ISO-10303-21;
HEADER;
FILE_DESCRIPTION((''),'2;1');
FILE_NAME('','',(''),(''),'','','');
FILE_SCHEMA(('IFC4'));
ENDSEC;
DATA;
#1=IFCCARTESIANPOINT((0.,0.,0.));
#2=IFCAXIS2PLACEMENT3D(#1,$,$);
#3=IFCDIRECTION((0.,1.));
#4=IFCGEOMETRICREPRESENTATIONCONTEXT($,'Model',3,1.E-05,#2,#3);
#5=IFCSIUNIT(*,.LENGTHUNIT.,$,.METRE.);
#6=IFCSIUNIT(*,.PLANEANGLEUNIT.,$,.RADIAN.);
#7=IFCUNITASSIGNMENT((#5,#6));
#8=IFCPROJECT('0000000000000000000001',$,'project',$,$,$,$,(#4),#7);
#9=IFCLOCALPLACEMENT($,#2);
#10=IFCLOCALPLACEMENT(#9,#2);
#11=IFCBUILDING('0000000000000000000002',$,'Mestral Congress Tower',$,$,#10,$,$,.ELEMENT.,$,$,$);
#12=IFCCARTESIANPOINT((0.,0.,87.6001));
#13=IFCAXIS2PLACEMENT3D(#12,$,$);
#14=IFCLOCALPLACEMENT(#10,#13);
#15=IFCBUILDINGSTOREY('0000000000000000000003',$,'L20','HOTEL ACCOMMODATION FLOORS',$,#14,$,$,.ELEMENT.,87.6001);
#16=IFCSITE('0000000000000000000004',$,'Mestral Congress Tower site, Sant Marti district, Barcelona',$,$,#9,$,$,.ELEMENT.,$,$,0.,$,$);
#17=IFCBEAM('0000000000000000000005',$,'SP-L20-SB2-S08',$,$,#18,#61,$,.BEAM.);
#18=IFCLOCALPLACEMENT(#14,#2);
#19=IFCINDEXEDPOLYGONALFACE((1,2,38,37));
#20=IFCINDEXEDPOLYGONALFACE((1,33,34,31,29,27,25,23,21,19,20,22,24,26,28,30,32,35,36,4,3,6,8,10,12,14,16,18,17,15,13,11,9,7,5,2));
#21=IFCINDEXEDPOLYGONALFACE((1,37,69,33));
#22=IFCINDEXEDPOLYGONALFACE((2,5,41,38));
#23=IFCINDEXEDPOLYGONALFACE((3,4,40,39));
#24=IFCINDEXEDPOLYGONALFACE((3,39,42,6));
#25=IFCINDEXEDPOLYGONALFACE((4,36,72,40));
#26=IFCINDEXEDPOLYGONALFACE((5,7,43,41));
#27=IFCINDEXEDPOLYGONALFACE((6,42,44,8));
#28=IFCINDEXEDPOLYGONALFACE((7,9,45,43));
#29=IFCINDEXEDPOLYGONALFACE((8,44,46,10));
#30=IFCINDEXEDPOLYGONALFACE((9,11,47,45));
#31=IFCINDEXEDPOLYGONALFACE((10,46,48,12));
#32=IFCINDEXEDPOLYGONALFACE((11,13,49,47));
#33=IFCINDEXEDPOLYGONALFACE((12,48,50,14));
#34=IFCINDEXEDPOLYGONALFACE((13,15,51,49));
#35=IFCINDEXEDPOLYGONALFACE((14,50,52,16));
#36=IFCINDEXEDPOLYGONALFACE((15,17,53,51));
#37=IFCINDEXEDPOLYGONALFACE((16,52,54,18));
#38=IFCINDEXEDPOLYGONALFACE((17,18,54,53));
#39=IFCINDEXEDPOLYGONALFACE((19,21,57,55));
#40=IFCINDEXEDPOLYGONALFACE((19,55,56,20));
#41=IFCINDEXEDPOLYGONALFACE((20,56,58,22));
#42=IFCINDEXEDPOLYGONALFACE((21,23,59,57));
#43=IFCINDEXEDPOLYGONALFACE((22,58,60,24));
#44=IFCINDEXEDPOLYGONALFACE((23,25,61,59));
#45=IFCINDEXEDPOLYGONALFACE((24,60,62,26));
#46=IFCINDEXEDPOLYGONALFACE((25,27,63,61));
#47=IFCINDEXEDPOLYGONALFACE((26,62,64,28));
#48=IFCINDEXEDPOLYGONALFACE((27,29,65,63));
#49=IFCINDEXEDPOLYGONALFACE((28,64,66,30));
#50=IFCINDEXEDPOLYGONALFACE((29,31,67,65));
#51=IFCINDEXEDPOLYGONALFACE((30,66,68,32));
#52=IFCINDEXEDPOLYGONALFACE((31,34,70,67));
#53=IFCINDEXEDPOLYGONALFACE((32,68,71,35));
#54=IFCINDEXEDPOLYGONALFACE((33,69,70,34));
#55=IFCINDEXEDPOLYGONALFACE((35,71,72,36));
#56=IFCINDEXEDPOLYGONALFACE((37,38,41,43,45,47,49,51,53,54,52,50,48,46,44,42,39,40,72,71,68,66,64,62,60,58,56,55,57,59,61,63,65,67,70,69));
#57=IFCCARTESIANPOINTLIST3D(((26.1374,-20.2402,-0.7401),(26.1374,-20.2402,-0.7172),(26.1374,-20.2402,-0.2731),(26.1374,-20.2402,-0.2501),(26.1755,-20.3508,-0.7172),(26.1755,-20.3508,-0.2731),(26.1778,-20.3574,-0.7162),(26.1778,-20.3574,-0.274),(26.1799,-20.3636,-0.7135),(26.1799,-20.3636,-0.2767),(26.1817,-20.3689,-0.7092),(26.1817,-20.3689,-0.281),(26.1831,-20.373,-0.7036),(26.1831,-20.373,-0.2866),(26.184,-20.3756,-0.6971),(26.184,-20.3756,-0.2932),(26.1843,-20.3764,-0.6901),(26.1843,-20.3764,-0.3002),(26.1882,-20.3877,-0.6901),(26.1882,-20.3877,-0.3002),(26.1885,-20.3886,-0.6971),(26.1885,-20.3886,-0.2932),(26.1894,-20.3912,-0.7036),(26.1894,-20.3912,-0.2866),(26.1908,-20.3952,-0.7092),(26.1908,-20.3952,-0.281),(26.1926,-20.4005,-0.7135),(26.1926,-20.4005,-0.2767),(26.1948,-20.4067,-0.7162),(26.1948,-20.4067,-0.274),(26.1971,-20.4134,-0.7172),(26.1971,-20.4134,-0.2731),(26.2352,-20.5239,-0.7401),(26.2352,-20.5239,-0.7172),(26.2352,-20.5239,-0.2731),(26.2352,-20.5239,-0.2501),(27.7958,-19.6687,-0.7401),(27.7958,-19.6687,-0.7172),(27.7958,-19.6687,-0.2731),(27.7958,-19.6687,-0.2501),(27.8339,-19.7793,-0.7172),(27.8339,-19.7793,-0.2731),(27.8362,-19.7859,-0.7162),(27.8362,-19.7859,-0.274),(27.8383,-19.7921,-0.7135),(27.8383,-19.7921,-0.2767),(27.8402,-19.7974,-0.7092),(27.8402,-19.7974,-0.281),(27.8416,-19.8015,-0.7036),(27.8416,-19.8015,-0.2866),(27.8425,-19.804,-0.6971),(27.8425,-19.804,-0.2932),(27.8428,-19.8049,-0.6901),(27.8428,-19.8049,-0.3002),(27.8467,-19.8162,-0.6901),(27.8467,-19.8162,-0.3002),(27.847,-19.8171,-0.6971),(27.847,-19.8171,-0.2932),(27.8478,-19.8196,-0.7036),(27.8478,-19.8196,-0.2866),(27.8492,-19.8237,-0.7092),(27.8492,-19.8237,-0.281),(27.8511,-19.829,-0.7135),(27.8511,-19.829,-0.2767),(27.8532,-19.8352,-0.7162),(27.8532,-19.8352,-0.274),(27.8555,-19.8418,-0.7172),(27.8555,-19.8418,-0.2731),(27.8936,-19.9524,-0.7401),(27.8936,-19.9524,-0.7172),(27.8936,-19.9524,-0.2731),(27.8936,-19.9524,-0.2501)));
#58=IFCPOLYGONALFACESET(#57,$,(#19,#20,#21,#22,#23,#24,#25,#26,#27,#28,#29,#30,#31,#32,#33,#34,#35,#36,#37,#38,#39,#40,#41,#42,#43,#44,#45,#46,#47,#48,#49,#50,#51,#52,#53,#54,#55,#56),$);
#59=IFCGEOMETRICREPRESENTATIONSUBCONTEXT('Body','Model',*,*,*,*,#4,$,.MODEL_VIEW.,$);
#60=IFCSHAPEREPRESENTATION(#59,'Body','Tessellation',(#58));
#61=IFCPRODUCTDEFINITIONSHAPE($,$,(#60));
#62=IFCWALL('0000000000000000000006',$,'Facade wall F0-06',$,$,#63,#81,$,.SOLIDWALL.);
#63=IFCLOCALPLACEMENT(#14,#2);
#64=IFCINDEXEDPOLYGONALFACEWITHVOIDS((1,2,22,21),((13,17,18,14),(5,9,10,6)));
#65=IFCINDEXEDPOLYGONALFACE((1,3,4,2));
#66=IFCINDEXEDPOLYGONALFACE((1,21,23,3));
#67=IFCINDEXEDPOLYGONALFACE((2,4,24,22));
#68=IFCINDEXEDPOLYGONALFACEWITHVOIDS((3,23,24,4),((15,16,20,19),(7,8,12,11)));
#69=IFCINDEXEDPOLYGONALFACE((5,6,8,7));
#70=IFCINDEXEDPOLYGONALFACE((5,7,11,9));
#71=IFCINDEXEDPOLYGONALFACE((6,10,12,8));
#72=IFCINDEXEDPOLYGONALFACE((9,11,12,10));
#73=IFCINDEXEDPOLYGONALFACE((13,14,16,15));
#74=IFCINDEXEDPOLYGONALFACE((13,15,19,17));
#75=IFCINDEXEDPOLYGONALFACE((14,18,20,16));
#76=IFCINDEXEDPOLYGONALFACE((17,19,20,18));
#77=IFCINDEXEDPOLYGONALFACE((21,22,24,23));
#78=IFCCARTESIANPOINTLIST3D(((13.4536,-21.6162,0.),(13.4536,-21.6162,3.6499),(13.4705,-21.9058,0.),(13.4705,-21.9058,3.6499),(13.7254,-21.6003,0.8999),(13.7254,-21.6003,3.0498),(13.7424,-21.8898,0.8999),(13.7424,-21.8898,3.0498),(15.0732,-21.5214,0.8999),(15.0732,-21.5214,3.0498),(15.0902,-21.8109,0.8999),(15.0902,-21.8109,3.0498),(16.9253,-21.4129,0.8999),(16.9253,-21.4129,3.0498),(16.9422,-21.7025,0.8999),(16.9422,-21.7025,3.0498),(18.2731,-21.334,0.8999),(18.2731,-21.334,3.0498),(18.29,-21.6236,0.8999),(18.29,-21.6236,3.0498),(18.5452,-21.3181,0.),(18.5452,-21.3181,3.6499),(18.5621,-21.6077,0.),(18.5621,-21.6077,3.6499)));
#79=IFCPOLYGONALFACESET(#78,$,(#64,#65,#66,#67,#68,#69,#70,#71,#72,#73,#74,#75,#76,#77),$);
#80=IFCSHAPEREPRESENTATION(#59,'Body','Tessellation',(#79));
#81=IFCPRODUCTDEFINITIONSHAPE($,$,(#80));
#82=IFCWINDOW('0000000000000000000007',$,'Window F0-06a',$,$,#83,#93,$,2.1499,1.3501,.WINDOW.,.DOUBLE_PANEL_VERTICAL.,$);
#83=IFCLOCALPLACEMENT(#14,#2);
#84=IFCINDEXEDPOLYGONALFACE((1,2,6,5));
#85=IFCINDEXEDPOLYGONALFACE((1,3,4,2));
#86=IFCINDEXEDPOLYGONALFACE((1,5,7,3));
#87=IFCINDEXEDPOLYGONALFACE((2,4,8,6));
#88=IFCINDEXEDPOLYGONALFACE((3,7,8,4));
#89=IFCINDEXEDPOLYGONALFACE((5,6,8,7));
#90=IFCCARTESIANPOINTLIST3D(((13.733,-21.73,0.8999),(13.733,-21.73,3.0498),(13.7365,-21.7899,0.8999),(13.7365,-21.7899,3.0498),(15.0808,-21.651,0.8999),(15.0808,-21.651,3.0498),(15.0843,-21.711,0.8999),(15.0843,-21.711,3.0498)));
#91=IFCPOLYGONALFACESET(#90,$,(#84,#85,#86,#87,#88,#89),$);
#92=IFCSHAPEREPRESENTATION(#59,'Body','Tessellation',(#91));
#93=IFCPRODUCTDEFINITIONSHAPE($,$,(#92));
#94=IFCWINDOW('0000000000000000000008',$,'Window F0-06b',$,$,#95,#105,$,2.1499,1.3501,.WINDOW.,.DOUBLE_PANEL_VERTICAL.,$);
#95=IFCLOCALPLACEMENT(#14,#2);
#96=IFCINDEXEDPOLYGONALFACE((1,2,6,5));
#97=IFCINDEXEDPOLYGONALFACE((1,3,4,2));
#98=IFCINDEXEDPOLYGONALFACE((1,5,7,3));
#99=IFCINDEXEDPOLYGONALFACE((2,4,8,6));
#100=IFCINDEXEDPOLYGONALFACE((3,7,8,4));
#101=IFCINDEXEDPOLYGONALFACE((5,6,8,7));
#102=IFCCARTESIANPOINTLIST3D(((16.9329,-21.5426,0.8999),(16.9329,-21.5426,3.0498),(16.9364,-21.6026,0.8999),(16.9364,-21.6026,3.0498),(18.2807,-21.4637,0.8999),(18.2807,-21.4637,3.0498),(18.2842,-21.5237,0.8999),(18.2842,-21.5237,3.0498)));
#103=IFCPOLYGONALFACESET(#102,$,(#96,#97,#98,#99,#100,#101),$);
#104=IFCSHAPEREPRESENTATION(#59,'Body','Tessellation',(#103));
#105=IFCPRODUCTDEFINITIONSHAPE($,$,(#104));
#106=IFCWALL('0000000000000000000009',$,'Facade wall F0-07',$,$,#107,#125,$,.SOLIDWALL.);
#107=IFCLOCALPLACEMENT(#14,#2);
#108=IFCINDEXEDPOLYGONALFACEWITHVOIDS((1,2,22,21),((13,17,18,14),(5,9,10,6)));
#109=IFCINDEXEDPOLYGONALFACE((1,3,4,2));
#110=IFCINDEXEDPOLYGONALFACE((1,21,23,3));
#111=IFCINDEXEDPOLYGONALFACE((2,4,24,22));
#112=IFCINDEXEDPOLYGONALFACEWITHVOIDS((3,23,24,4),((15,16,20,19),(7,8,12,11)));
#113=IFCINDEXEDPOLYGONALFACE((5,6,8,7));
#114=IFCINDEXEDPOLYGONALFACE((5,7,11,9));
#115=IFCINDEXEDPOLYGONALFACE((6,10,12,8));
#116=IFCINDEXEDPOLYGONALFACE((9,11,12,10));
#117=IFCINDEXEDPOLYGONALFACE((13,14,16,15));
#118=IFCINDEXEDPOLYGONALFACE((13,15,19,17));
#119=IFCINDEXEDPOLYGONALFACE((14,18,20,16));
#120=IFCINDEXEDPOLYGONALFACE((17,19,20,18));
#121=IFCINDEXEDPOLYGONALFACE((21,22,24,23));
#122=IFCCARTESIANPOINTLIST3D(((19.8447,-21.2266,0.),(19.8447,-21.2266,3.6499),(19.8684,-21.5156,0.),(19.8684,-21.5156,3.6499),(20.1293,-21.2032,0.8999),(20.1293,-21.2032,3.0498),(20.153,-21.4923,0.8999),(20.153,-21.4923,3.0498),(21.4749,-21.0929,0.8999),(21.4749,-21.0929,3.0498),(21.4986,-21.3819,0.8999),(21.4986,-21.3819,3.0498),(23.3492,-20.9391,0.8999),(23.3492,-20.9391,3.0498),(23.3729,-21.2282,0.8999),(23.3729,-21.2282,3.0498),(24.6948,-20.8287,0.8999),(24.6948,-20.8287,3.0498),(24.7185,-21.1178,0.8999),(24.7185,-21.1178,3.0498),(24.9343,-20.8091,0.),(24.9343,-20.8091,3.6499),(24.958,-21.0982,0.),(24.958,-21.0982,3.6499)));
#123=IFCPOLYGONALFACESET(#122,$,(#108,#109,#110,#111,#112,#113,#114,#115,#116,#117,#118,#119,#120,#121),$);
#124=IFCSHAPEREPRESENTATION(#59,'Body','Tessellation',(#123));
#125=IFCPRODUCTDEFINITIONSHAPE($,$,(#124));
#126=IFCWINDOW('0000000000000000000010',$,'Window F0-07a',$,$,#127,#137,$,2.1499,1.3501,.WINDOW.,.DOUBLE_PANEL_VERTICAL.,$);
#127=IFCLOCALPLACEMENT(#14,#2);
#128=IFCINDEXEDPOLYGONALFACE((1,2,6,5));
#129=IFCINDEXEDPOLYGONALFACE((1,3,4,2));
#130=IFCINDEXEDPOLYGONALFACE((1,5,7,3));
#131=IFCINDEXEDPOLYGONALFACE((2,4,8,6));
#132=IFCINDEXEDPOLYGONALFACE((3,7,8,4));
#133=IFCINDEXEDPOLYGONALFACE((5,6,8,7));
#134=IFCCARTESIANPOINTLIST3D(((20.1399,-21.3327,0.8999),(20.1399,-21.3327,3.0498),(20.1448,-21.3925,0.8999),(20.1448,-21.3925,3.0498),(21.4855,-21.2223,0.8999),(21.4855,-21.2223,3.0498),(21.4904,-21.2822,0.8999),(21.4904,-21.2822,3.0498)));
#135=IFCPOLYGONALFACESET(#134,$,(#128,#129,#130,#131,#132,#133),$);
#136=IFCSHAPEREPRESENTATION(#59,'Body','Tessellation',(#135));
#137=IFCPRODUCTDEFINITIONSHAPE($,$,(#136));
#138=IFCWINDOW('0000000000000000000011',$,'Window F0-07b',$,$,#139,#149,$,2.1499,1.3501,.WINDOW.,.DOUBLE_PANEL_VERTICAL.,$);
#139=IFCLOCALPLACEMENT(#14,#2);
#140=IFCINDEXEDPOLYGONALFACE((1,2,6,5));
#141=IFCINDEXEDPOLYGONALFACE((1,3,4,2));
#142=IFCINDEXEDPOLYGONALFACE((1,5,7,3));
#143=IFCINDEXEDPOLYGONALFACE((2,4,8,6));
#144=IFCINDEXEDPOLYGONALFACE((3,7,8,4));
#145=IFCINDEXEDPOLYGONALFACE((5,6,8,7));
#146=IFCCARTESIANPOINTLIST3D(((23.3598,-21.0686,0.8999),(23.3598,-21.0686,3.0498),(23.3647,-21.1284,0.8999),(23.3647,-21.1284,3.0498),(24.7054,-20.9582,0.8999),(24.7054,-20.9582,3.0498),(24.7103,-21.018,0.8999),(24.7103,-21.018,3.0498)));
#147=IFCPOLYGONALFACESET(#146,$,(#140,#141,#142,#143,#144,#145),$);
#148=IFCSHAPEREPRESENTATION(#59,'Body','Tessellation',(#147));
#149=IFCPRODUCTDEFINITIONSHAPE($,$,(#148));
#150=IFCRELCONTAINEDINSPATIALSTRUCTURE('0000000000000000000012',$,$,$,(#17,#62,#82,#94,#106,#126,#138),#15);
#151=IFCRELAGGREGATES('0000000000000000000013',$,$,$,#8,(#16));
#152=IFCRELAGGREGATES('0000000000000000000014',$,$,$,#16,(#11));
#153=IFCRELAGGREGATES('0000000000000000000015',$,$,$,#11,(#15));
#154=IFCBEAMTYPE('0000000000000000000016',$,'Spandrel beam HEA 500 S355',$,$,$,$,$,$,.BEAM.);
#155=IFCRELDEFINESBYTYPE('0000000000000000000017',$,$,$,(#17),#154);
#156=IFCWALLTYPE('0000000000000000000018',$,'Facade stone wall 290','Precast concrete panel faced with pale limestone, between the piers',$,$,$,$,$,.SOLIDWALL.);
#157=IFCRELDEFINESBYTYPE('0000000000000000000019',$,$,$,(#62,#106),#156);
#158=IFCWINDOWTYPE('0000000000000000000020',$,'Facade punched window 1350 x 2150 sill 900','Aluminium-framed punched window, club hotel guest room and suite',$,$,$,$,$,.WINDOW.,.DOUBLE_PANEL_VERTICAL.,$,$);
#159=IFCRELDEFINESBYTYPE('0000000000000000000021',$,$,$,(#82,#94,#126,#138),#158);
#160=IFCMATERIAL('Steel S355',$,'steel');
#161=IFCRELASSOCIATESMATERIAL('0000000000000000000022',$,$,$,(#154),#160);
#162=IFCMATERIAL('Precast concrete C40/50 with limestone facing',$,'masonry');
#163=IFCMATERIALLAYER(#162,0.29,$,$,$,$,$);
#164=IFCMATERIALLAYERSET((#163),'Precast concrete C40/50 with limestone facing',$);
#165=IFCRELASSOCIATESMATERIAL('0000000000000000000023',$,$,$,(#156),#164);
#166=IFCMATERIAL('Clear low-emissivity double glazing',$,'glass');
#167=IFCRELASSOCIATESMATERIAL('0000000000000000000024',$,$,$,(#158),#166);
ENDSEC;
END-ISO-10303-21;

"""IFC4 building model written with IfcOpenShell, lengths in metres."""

from ifc_helpers import new_model, si_unit, direction, frame, frame_2d, origin, origin_2d, place, context, subcontext, project, spatial, rectangle, i_section, extrude, material, layer, layer_set, material_profile, profile_set, type_object, element, fill, save


model = new_model("IFC4")

# Units and contexts
model_context = context("Model", 3, precision=1e-05, world=origin(), true_north=direction((0.0, 1.0)))
body_context = subcontext(model_context, "Body", "Model", "MODEL_VIEW")
ifc_project = project(units=[si_unit("LENGTHUNIT", "METRE"), si_unit("PLANEANGLEUNIT", "RADIAN")], contexts=[model_context])

# Site, building, storey
site_placement = place(None, origin())
site = spatial("IfcSite", under=ifc_project, at=site_placement, Name="Mestral Congress Tower site, Sant Marti district, Barcelona", CompositionType="ELEMENT", RefElevation=0.0)
building_placement = place(site_placement, origin())
building = spatial("IfcBuilding", under=site, at=building_placement, Name="Mestral Congress Tower", CompositionType="ELEMENT")
storey_placement = place(building_placement, frame((0.0, 0.0, 87.6001)))
storey = spatial("IfcBuildingStorey", under=building, at=storey_placement, Name="L20", Description="HOTEL ACCOMMODATION FLOORS", CompositionType="ELEMENT", Elevation=87.6001)

# Beam
ifc_material_1 = material(Name="Steel S355", Category="steel")
ifc_material_profile_1 = material_profile(ifc_material_1, i_section(OverallWidth=0.3, OverallDepth=0.49, WebThickness=0.012, FlangeThickness=0.0229, FilletRadius=0.0271, at=origin_2d()), Name="HEA 500")
ifc_profile_set_1 = profile_set([ifc_material_profile_1], Name="Steel S355")
beam_type_1 = type_object("IfcBeamType", Name="Spandrel beam HEA 500 S355", PredefinedType="BEAM", material=ifc_profile_set_1)
beam_1_placement = place(storey_placement, frame((26.1863, -20.3821, -0.4951), z_axis=(0.945434, 0.325815, 0.0), x_axis=(-0.325815, 0.945434, 0.0)))
element("IfcBeam", 1, at=beam_1_placement, inside=storey, type_object=beam_type_1, Name="SP-L20-SB2-S08", PredefinedType="BEAM", context=body_context, shape_type="SweptSolid", body=[
    extrude(i_section(OverallWidth=0.3, OverallDepth=0.49, WebThickness=0.012, FlangeThickness=0.0229, FilletRadius=0.0271, at=origin_2d()), origin(), (0.0, 0.0, 1.0), 1.7542),
])

# Walls, openings, windows
ifc_material_2 = material(Name="Precast concrete C40/50 with limestone facing", Category="masonry")
ifc_layer_1 = layer(ifc_material_2, 0.29)
ifc_layer_set_1 = layer_set([ifc_layer_1], Name="Precast concrete C40/50 with limestone facing")
wall_type_1 = type_object("IfcWallType", Name="Facade stone wall 290", Description="Precast concrete panel faced with pale limestone, between the piers", PredefinedType="SOLIDWALL", material=ifc_layer_set_1)
wall_1_placement = place(storey_placement, frame((13.4619, -21.761, 0.0), z_axis=(0.0, 0.0, 1.0), x_axis=(0.998291, 0.058447, 0.0)))
wall_1 = element("IfcWall", 2, at=wall_1_placement, inside=storey, type_object=wall_type_1, Name="Facade wall F0-06", PredefinedType="SOLIDWALL", context=body_context, shape_type="SweptSolid", body=[
    extrude(rectangle(XDim=5.1003, YDim=0.29, at=frame_2d((2.5503, 0.0))), origin(), (0.0, 0.0, 1.0), 3.6499),
])
opening_1_placement = place(wall_1_placement, frame((0.2725, 0.0, 0.8999)))
opening_1 = element("IfcOpeningElement", 3, at=opening_1_placement, cuts=wall_1, PredefinedType="OPENING", context=body_context, shape_type="SweptSolid", body=[
    extrude(rectangle(XDim=1.3501, YDim=2.1499, at=frame_2d((0.675, 1.075))), frame((0.0, 0.155, 0.0), z_axis=(0.0, -1.0, 0.0), x_axis=(1.0, 0.0, 0.0)), (0.0, 0.0, 1.0), 0.3101),
])
opening_2_placement = place(wall_1_placement, frame((3.4778, 0.0, 0.8999)))
opening_2 = element("IfcOpeningElement", 4, at=opening_2_placement, cuts=wall_1, PredefinedType="OPENING", context=body_context, shape_type="SweptSolid", body=[
    extrude(rectangle(XDim=1.3501, YDim=2.1499, at=frame_2d((0.675, 1.075))), frame((0.0, 0.155, 0.0), z_axis=(0.0, -1.0, 0.0), x_axis=(1.0, 0.0, 0.0)), (0.0, 0.0, 1.0), 0.3101),
])
ifc_material_3 = material(Name="Clear low-emissivity double glazing", Category="glass")
window_type_1 = type_object("IfcWindowType", Name="Facade punched window 1350 x 2150 sill 900", Description="Aluminium-framed punched window, club hotel guest room and suite", PartitioningType="DOUBLE_PANEL_VERTICAL", PredefinedType="WINDOW", material=ifc_material_3)
window_1_placement = place(opening_1_placement, origin())
window_1 = element("IfcWindow", 5, at=window_1_placement, inside=storey, type_object=window_type_1, Name="Window F0-06a", OverallHeight=2.1499, OverallWidth=1.3501, PartitioningType="DOUBLE_PANEL_VERTICAL", PredefinedType="WINDOW", context=body_context, shape_type="SweptSolid", body=[
    extrude(rectangle(XDim=1.3501, YDim=2.1499, at=frame_2d((0.675, 1.075))), frame((0.0, 0.0151, 0.0), z_axis=(0.0, -1.0, 0.0), x_axis=(1.0, 0.0, 0.0)), (0.0, 0.0, 1.0), 0.0601),
])
fill(opening_1, window_1)
window_2_placement = place(opening_2_placement, origin())
window_2 = element("IfcWindow", 6, at=window_2_placement, inside=storey, type_object=window_type_1, Name="Window F0-06b", OverallHeight=2.1499, OverallWidth=1.3501, PartitioningType="DOUBLE_PANEL_VERTICAL", PredefinedType="WINDOW", context=body_context, shape_type="SweptSolid", body=[
    extrude(rectangle(XDim=1.3501, YDim=2.1499, at=frame_2d((0.675, 1.075))), frame((0.0, 0.0151, 0.0), z_axis=(0.0, -1.0, 0.0), x_axis=(1.0, 0.0, 0.0)), (0.0, 0.0, 1.0), 0.0601),
])
fill(opening_2, window_2)
wall_2_placement = place(storey_placement, frame((19.8567, -21.3711, 0.0), z_axis=(0.0, 0.0, 1.0), x_axis=(0.996653, 0.081752, 0.0)))
wall_2 = element("IfcWall", 7, at=wall_2_placement, inside=storey, type_object=wall_type_1, Name="Facade wall F0-07", PredefinedType="SOLIDWALL", context=body_context, shape_type="SweptSolid", body=[
    extrude(rectangle(XDim=5.1067, YDim=0.29, at=frame_2d((2.5532, 0.0))), origin(), (0.0, 0.0, 1.0), 3.6499),
])
opening_3_placement = place(wall_2_placement, frame((0.2854, 0.0, 0.8999)))
opening_3 = element("IfcOpeningElement", 8, at=opening_3_placement, cuts=wall_2, PredefinedType="OPENING", context=body_context, shape_type="SweptSolid", body=[
    extrude(rectangle(XDim=1.3501, YDim=2.1499, at=frame_2d((0.675, 1.075))), frame((0.0, 0.155, 0.0), z_axis=(0.0, -1.0, 0.0), x_axis=(1.0, 0.0, 0.0)), (0.0, 0.0, 1.0), 0.3101),
])
opening_4_placement = place(wall_2_placement, frame((3.5161, 0.0, 0.8999)))
opening_4 = element("IfcOpeningElement", 9, at=opening_4_placement, cuts=wall_2, PredefinedType="OPENING", context=body_context, shape_type="SweptSolid", body=[
    extrude(rectangle(XDim=1.3501, YDim=2.1499, at=frame_2d((0.675, 1.075))), frame((0.0, 0.155, 0.0), z_axis=(0.0, -1.0, 0.0), x_axis=(1.0, 0.0, 0.0)), (0.0, 0.0, 1.0), 0.3101),
])
window_3_placement = place(opening_3_placement, origin())
window_3 = element("IfcWindow", 10, at=window_3_placement, inside=storey, type_object=window_type_1, Name="Window F0-07a", OverallHeight=2.1499, OverallWidth=1.3501, PartitioningType="DOUBLE_PANEL_VERTICAL", PredefinedType="WINDOW", context=body_context, shape_type="SweptSolid", body=[
    extrude(rectangle(XDim=1.3501, YDim=2.1499, at=frame_2d((0.675, 1.075))), frame((0.0, 0.0151, 0.0), z_axis=(0.0, -1.0, 0.0), x_axis=(1.0, 0.0, 0.0)), (0.0, 0.0, 1.0), 0.0601),
])
fill(opening_3, window_3)
window_4_placement = place(opening_4_placement, origin())
window_4 = element("IfcWindow", 11, at=window_4_placement, inside=storey, type_object=window_type_1, Name="Window F0-07b", OverallHeight=2.1499, OverallWidth=1.3501, PartitioningType="DOUBLE_PANEL_VERTICAL", PredefinedType="WINDOW", context=body_context, shape_type="SweptSolid", body=[
    extrude(rectangle(XDim=1.3501, YDim=2.1499, at=frame_2d((0.675, 1.075))), frame((0.0, 0.0151, 0.0), z_axis=(0.0, -1.0, 0.0), x_axis=(1.0, 0.0, 0.0)), (0.0, 0.0, 1.0), 0.0601),
])
fill(opening_4, window_4)

save(model, "model.ifc")
